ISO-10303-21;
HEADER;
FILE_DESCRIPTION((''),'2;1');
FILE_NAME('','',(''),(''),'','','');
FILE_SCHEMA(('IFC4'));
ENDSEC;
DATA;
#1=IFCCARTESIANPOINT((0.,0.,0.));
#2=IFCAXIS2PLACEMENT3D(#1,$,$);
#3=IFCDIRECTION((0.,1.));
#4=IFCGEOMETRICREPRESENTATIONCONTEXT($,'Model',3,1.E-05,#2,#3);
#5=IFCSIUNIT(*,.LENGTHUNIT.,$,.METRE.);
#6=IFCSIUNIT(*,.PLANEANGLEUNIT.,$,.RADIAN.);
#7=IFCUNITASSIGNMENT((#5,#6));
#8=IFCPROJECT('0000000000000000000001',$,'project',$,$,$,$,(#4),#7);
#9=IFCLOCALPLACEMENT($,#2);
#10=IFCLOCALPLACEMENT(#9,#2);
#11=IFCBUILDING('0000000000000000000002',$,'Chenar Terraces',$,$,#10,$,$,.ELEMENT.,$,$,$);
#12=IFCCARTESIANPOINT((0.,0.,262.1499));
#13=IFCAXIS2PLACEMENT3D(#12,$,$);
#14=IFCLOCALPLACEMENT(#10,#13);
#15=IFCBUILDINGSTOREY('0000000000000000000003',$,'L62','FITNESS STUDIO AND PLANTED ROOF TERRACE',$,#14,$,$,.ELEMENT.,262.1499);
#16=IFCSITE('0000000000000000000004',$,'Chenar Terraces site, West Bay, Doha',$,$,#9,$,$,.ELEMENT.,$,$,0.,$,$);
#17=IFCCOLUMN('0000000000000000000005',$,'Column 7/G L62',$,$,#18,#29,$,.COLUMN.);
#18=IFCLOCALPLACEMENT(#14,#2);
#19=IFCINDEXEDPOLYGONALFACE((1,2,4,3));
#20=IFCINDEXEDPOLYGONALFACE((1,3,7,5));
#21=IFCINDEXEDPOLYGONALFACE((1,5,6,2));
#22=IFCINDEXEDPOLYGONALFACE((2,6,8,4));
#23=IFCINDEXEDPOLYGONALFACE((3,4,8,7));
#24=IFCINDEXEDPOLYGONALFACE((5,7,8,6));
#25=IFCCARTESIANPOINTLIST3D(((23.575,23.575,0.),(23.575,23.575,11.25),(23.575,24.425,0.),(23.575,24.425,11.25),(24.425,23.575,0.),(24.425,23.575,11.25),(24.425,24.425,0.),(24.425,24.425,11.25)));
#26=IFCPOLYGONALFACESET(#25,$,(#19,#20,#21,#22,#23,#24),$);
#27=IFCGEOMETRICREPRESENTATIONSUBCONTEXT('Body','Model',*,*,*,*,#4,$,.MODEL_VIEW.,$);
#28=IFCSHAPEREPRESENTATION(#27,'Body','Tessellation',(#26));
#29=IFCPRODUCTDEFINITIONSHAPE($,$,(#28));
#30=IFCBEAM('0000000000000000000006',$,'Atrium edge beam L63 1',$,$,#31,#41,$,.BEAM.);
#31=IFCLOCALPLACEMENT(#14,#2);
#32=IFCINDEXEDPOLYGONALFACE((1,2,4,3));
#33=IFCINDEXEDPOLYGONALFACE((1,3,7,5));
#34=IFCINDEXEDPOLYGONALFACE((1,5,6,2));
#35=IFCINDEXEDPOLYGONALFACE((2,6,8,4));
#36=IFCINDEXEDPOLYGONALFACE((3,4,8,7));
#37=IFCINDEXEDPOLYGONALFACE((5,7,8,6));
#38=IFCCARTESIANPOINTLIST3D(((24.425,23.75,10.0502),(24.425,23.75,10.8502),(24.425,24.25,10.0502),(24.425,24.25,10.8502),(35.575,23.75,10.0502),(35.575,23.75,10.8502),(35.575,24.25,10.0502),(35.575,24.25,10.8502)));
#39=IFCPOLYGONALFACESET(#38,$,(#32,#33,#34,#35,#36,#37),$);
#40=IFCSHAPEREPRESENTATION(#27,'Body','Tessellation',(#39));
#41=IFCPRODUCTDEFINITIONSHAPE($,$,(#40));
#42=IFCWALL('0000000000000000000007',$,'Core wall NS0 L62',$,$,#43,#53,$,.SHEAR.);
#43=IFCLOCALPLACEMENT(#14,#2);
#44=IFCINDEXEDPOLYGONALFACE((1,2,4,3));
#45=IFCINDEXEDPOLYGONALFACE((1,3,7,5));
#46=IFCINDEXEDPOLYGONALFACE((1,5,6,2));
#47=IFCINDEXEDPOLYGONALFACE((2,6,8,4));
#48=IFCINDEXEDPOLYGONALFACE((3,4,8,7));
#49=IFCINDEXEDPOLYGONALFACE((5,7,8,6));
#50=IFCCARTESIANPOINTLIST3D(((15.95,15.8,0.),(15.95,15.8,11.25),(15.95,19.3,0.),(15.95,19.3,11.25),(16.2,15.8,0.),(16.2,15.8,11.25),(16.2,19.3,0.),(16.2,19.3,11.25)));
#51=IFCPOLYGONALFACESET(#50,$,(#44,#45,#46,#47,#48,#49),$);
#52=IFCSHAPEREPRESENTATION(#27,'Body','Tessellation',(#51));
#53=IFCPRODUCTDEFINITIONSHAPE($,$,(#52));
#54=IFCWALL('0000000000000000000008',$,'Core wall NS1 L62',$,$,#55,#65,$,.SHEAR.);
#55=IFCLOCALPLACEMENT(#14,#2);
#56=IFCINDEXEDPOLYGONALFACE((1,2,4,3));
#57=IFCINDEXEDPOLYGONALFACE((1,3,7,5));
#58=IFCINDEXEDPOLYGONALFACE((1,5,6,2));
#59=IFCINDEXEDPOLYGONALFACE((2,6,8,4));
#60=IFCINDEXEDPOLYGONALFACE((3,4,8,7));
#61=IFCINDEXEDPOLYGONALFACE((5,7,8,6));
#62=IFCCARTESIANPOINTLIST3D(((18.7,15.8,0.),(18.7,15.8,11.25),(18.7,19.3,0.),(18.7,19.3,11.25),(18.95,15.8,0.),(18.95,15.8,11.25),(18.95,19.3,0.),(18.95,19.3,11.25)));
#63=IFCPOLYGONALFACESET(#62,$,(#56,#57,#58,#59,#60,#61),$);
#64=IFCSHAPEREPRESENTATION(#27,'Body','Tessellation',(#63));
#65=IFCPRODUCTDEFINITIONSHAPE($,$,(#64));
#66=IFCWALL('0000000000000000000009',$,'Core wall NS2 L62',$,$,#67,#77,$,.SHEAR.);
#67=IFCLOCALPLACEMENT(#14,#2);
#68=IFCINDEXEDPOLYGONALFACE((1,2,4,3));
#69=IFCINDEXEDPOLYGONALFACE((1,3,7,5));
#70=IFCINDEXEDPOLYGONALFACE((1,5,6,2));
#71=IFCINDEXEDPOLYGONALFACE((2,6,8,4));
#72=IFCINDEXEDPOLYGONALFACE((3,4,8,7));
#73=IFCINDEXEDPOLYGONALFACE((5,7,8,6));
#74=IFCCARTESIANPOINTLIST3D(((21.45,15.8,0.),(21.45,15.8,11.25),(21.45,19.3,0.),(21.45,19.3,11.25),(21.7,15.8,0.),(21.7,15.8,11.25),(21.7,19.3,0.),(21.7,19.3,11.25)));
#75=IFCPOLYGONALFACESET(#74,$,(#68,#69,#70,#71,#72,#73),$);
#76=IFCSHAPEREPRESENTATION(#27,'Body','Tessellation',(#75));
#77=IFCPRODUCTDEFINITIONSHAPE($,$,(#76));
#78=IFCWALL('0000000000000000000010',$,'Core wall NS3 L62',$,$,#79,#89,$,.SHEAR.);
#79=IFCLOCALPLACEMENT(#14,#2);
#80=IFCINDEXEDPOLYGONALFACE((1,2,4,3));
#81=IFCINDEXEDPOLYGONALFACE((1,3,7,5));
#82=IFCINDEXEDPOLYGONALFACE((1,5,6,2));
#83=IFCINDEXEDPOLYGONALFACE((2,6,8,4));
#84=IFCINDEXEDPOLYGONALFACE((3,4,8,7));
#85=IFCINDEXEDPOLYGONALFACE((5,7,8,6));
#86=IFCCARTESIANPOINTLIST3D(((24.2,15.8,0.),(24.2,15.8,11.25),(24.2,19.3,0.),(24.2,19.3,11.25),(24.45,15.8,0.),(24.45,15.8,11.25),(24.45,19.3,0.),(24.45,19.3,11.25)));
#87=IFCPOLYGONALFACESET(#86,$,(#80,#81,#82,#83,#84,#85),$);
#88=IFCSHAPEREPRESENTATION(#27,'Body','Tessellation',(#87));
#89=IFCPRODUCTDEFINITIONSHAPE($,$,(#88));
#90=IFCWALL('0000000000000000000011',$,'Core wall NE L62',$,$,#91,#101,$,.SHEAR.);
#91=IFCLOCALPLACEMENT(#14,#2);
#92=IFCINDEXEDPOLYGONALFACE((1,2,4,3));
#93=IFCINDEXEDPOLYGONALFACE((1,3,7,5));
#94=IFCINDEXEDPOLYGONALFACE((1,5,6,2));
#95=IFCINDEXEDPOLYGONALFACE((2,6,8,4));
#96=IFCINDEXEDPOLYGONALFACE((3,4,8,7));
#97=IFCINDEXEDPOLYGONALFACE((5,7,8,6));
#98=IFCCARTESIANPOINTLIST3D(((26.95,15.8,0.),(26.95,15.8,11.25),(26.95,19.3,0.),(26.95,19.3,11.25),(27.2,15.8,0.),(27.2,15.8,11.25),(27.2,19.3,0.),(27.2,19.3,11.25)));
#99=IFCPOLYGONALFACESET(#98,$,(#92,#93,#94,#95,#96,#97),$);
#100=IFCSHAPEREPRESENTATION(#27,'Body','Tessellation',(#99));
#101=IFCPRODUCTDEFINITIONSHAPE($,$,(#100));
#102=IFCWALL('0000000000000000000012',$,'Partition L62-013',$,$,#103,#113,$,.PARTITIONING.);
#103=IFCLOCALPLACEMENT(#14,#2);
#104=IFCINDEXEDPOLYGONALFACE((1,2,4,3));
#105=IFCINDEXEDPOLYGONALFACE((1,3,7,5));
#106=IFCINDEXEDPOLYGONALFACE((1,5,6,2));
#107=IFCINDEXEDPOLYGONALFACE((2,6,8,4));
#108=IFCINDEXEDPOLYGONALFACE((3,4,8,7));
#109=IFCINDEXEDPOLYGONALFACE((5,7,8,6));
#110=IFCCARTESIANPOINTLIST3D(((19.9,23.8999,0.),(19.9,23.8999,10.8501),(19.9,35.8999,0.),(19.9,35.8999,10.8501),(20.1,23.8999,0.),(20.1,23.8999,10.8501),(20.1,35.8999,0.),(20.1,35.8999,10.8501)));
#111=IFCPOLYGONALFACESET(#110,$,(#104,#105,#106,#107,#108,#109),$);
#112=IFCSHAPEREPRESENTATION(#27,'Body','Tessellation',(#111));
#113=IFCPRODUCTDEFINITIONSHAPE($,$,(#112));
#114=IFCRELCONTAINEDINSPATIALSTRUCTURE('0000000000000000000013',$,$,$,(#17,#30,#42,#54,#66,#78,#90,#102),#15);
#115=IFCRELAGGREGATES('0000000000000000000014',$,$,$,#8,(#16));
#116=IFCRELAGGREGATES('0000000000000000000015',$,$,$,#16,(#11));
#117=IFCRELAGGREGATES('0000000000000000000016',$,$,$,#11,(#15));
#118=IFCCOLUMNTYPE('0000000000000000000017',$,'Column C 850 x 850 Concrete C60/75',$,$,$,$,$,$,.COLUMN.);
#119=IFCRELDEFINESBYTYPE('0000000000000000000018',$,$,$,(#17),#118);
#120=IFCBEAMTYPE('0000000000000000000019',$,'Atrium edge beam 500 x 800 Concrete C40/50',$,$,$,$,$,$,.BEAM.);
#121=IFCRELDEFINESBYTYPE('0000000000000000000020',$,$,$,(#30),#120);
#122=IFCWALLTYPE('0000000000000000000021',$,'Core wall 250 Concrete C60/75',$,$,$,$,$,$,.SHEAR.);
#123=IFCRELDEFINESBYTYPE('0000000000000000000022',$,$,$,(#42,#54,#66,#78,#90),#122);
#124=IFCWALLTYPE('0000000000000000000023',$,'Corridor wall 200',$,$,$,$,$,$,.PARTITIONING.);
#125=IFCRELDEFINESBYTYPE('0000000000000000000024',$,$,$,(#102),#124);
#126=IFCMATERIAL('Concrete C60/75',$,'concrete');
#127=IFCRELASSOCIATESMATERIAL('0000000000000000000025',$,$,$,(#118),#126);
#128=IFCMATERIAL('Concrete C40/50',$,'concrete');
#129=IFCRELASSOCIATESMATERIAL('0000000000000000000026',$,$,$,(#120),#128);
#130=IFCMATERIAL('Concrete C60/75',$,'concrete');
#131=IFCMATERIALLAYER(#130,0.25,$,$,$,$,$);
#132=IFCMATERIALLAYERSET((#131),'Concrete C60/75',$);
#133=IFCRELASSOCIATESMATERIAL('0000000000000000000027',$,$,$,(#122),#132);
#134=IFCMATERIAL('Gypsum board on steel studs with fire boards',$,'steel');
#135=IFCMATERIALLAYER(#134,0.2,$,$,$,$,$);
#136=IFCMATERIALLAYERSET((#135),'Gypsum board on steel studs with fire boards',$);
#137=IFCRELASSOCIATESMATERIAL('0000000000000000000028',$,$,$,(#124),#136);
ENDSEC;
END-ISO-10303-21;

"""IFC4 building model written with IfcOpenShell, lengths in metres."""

from ifc_helpers import new_model, si_unit, direction, frame, frame_2d, origin, origin_2d, place, context, subcontext, project, spatial, rectangle, extrude, material, layer, layer_set, material_profile, profile_set, type_object, element, save


model = new_model("IFC4")

# Units and contexts
model_context = context("Model", 3, precision=1e-05, world=origin(), true_north=direction((0.0, 1.0)))
body_context = subcontext(model_context, "Body", "Model", "MODEL_VIEW")
ifc_project = project(units=[si_unit("LENGTHUNIT", "METRE"), si_unit("PLANEANGLEUNIT", "RADIAN")], contexts=[model_context])

# Site, building, storey
site_placement = place(None, origin())
site = spatial("IfcSite", under=ifc_project, at=site_placement, Name="Chenar Terraces site, West Bay, Doha", CompositionType="ELEMENT", RefElevation=0.0)
building_placement = place(site_placement, origin())
building = spatial("IfcBuilding", under=site, at=building_placement, Name="Chenar Terraces", CompositionType="ELEMENT")
storey_placement = place(building_placement, frame((0.0, 0.0, 262.1499)))
storey = spatial("IfcBuildingStorey", under=building, at=storey_placement, Name="L62", Description="FITNESS STUDIO AND PLANTED ROOF TERRACE", CompositionType="ELEMENT", Elevation=262.1499)

# Column
ifc_material_1 = material(Name="Concrete C60/75", Category="concrete")
ifc_material_profile_1 = material_profile(ifc_material_1, rectangle(XDim=0.8501, YDim=0.8501, at=origin_2d()), Name="C 850 x 850")
ifc_profile_set_1 = profile_set([ifc_material_profile_1], Name="Concrete C60/75")
column_type = type_object("IfcColumnType", Name="Column C 850 x 850 Concrete C60/75", PredefinedType="COLUMN", material=ifc_profile_set_1)
column_placement = place(storey_placement, frame((24.0, 24.0, 0.0), z_axis=(0.0, 0.0, 1.0), x_axis=(1.0, 0.0, 0.0)))
element("IfcColumn", 1, at=column_placement, inside=storey, type_object=column_type, Name="Column 7/G L62", PredefinedType="COLUMN", context=body_context, shape_type="SweptSolid", body=[
    extrude(rectangle(XDim=0.8501, YDim=0.8501, at=origin_2d()), origin(), (0.0, 0.0, 1.0), 11.25),
])

# Beam
ifc_material_2 = material(Name="Concrete C40/50", Category="concrete")
ifc_material_profile_2 = material_profile(ifc_material_2, rectangle(XDim=0.5, YDim=0.8, at=origin_2d()), Name="RC 500 x 800")
ifc_profile_set_2 = profile_set([ifc_material_profile_2], Name="Concrete C40/50")
beam_type = type_object("IfcBeamType", Name="Atrium edge beam 500 x 800 Concrete C40/50", PredefinedType="BEAM", material=ifc_profile_set_2)
beam_placement = place(storey_placement, frame((24.425, 24.0, 10.4502), z_axis=(1.0, 0.0, 0.0), x_axis=(0.0, 1.0, 0.0)))
element("IfcBeam", 2, at=beam_placement, inside=storey, type_object=beam_type, Name="Atrium edge beam L63 1", PredefinedType="BEAM", context=body_context, shape_type="SweptSolid", body=[
    extrude(rectangle(XDim=0.5, YDim=0.8, at=origin_2d()), origin(), (0.0, 0.0, 1.0), 11.1499),
])

# Walls
ifc_material_3 = material(Name="Concrete C60/75", Category="concrete")
ifc_layer_1 = layer(ifc_material_3, 0.25)
ifc_layer_set_1 = layer_set([ifc_layer_1], Name="Concrete C60/75")
wall_type_1 = type_object("IfcWallType", Name="Core wall 250 Concrete C60/75", PredefinedType="SHEAR", material=ifc_layer_set_1)
for number, where, z_axis, x_axis, name in (
    (3, (16.075, 15.8, 0.0), (0.0, 0.0, 1.0), (0.0, 1.0, 0.0), "Core wall NS0 L62"),
    (4, (18.825, 15.8, 0.0), (0.0, 0.0, 1.0), (0.0, 1.0, 0.0), "Core wall NS1 L62"),
    (5, (21.575, 15.8, 0.0), (0.0, 0.0, 1.0), (0.0, 1.0, 0.0), "Core wall NS2 L62"),
    (6, (24.325, 15.8, 0.0), (0.0, 0.0, 1.0), (0.0, 1.0, 0.0), "Core wall NS3 L62"),
    (7, (27.075, 15.8, 0.0), (0.0, 0.0, 1.0), (0.0, 1.0, 0.0), "Core wall NE L62"),
):
    element("IfcWall", number, at=place(storey_placement, frame(where, z_axis=z_axis, x_axis=x_axis)), inside=storey, type_object=wall_type_1, Name=name, PredefinedType="SHEAR", context=body_context, shape_type="SweptSolid", body=[
        extrude(rectangle(XDim=3.5, YDim=0.25, at=frame_2d((1.75, 0.0))), origin(), (0.0, 0.0, 1.0), 11.25),
    ])
ifc_material_4 = material(Name="Gypsum board on steel studs with fire boards", Category="steel")
ifc_layer_2 = layer(ifc_material_4, 0.2)
ifc_layer_set_2 = layer_set([ifc_layer_2], Name="Gypsum board on steel studs with fire boards")
wall_type_2 = type_object("IfcWallType", Name="Corridor wall 200", PredefinedType="PARTITIONING", material=ifc_layer_set_2)
wall_placement = place(storey_placement, frame((20.0, 23.8999, 0.0), z_axis=(0.0, 0.0, 1.0), x_axis=(0.0, 1.0, 0.0)))
element("IfcWall", 8, at=wall_placement, inside=storey, type_object=wall_type_2, Name="Partition L62-013", PredefinedType="PARTITIONING", context=body_context, shape_type="SweptSolid", body=[
    extrude(rectangle(XDim=12.0, YDim=0.2, at=frame_2d((6.0, 0.0))), origin(), (0.0, 0.0, 1.0), 10.8501),
])

save(model, "model.ifc")
